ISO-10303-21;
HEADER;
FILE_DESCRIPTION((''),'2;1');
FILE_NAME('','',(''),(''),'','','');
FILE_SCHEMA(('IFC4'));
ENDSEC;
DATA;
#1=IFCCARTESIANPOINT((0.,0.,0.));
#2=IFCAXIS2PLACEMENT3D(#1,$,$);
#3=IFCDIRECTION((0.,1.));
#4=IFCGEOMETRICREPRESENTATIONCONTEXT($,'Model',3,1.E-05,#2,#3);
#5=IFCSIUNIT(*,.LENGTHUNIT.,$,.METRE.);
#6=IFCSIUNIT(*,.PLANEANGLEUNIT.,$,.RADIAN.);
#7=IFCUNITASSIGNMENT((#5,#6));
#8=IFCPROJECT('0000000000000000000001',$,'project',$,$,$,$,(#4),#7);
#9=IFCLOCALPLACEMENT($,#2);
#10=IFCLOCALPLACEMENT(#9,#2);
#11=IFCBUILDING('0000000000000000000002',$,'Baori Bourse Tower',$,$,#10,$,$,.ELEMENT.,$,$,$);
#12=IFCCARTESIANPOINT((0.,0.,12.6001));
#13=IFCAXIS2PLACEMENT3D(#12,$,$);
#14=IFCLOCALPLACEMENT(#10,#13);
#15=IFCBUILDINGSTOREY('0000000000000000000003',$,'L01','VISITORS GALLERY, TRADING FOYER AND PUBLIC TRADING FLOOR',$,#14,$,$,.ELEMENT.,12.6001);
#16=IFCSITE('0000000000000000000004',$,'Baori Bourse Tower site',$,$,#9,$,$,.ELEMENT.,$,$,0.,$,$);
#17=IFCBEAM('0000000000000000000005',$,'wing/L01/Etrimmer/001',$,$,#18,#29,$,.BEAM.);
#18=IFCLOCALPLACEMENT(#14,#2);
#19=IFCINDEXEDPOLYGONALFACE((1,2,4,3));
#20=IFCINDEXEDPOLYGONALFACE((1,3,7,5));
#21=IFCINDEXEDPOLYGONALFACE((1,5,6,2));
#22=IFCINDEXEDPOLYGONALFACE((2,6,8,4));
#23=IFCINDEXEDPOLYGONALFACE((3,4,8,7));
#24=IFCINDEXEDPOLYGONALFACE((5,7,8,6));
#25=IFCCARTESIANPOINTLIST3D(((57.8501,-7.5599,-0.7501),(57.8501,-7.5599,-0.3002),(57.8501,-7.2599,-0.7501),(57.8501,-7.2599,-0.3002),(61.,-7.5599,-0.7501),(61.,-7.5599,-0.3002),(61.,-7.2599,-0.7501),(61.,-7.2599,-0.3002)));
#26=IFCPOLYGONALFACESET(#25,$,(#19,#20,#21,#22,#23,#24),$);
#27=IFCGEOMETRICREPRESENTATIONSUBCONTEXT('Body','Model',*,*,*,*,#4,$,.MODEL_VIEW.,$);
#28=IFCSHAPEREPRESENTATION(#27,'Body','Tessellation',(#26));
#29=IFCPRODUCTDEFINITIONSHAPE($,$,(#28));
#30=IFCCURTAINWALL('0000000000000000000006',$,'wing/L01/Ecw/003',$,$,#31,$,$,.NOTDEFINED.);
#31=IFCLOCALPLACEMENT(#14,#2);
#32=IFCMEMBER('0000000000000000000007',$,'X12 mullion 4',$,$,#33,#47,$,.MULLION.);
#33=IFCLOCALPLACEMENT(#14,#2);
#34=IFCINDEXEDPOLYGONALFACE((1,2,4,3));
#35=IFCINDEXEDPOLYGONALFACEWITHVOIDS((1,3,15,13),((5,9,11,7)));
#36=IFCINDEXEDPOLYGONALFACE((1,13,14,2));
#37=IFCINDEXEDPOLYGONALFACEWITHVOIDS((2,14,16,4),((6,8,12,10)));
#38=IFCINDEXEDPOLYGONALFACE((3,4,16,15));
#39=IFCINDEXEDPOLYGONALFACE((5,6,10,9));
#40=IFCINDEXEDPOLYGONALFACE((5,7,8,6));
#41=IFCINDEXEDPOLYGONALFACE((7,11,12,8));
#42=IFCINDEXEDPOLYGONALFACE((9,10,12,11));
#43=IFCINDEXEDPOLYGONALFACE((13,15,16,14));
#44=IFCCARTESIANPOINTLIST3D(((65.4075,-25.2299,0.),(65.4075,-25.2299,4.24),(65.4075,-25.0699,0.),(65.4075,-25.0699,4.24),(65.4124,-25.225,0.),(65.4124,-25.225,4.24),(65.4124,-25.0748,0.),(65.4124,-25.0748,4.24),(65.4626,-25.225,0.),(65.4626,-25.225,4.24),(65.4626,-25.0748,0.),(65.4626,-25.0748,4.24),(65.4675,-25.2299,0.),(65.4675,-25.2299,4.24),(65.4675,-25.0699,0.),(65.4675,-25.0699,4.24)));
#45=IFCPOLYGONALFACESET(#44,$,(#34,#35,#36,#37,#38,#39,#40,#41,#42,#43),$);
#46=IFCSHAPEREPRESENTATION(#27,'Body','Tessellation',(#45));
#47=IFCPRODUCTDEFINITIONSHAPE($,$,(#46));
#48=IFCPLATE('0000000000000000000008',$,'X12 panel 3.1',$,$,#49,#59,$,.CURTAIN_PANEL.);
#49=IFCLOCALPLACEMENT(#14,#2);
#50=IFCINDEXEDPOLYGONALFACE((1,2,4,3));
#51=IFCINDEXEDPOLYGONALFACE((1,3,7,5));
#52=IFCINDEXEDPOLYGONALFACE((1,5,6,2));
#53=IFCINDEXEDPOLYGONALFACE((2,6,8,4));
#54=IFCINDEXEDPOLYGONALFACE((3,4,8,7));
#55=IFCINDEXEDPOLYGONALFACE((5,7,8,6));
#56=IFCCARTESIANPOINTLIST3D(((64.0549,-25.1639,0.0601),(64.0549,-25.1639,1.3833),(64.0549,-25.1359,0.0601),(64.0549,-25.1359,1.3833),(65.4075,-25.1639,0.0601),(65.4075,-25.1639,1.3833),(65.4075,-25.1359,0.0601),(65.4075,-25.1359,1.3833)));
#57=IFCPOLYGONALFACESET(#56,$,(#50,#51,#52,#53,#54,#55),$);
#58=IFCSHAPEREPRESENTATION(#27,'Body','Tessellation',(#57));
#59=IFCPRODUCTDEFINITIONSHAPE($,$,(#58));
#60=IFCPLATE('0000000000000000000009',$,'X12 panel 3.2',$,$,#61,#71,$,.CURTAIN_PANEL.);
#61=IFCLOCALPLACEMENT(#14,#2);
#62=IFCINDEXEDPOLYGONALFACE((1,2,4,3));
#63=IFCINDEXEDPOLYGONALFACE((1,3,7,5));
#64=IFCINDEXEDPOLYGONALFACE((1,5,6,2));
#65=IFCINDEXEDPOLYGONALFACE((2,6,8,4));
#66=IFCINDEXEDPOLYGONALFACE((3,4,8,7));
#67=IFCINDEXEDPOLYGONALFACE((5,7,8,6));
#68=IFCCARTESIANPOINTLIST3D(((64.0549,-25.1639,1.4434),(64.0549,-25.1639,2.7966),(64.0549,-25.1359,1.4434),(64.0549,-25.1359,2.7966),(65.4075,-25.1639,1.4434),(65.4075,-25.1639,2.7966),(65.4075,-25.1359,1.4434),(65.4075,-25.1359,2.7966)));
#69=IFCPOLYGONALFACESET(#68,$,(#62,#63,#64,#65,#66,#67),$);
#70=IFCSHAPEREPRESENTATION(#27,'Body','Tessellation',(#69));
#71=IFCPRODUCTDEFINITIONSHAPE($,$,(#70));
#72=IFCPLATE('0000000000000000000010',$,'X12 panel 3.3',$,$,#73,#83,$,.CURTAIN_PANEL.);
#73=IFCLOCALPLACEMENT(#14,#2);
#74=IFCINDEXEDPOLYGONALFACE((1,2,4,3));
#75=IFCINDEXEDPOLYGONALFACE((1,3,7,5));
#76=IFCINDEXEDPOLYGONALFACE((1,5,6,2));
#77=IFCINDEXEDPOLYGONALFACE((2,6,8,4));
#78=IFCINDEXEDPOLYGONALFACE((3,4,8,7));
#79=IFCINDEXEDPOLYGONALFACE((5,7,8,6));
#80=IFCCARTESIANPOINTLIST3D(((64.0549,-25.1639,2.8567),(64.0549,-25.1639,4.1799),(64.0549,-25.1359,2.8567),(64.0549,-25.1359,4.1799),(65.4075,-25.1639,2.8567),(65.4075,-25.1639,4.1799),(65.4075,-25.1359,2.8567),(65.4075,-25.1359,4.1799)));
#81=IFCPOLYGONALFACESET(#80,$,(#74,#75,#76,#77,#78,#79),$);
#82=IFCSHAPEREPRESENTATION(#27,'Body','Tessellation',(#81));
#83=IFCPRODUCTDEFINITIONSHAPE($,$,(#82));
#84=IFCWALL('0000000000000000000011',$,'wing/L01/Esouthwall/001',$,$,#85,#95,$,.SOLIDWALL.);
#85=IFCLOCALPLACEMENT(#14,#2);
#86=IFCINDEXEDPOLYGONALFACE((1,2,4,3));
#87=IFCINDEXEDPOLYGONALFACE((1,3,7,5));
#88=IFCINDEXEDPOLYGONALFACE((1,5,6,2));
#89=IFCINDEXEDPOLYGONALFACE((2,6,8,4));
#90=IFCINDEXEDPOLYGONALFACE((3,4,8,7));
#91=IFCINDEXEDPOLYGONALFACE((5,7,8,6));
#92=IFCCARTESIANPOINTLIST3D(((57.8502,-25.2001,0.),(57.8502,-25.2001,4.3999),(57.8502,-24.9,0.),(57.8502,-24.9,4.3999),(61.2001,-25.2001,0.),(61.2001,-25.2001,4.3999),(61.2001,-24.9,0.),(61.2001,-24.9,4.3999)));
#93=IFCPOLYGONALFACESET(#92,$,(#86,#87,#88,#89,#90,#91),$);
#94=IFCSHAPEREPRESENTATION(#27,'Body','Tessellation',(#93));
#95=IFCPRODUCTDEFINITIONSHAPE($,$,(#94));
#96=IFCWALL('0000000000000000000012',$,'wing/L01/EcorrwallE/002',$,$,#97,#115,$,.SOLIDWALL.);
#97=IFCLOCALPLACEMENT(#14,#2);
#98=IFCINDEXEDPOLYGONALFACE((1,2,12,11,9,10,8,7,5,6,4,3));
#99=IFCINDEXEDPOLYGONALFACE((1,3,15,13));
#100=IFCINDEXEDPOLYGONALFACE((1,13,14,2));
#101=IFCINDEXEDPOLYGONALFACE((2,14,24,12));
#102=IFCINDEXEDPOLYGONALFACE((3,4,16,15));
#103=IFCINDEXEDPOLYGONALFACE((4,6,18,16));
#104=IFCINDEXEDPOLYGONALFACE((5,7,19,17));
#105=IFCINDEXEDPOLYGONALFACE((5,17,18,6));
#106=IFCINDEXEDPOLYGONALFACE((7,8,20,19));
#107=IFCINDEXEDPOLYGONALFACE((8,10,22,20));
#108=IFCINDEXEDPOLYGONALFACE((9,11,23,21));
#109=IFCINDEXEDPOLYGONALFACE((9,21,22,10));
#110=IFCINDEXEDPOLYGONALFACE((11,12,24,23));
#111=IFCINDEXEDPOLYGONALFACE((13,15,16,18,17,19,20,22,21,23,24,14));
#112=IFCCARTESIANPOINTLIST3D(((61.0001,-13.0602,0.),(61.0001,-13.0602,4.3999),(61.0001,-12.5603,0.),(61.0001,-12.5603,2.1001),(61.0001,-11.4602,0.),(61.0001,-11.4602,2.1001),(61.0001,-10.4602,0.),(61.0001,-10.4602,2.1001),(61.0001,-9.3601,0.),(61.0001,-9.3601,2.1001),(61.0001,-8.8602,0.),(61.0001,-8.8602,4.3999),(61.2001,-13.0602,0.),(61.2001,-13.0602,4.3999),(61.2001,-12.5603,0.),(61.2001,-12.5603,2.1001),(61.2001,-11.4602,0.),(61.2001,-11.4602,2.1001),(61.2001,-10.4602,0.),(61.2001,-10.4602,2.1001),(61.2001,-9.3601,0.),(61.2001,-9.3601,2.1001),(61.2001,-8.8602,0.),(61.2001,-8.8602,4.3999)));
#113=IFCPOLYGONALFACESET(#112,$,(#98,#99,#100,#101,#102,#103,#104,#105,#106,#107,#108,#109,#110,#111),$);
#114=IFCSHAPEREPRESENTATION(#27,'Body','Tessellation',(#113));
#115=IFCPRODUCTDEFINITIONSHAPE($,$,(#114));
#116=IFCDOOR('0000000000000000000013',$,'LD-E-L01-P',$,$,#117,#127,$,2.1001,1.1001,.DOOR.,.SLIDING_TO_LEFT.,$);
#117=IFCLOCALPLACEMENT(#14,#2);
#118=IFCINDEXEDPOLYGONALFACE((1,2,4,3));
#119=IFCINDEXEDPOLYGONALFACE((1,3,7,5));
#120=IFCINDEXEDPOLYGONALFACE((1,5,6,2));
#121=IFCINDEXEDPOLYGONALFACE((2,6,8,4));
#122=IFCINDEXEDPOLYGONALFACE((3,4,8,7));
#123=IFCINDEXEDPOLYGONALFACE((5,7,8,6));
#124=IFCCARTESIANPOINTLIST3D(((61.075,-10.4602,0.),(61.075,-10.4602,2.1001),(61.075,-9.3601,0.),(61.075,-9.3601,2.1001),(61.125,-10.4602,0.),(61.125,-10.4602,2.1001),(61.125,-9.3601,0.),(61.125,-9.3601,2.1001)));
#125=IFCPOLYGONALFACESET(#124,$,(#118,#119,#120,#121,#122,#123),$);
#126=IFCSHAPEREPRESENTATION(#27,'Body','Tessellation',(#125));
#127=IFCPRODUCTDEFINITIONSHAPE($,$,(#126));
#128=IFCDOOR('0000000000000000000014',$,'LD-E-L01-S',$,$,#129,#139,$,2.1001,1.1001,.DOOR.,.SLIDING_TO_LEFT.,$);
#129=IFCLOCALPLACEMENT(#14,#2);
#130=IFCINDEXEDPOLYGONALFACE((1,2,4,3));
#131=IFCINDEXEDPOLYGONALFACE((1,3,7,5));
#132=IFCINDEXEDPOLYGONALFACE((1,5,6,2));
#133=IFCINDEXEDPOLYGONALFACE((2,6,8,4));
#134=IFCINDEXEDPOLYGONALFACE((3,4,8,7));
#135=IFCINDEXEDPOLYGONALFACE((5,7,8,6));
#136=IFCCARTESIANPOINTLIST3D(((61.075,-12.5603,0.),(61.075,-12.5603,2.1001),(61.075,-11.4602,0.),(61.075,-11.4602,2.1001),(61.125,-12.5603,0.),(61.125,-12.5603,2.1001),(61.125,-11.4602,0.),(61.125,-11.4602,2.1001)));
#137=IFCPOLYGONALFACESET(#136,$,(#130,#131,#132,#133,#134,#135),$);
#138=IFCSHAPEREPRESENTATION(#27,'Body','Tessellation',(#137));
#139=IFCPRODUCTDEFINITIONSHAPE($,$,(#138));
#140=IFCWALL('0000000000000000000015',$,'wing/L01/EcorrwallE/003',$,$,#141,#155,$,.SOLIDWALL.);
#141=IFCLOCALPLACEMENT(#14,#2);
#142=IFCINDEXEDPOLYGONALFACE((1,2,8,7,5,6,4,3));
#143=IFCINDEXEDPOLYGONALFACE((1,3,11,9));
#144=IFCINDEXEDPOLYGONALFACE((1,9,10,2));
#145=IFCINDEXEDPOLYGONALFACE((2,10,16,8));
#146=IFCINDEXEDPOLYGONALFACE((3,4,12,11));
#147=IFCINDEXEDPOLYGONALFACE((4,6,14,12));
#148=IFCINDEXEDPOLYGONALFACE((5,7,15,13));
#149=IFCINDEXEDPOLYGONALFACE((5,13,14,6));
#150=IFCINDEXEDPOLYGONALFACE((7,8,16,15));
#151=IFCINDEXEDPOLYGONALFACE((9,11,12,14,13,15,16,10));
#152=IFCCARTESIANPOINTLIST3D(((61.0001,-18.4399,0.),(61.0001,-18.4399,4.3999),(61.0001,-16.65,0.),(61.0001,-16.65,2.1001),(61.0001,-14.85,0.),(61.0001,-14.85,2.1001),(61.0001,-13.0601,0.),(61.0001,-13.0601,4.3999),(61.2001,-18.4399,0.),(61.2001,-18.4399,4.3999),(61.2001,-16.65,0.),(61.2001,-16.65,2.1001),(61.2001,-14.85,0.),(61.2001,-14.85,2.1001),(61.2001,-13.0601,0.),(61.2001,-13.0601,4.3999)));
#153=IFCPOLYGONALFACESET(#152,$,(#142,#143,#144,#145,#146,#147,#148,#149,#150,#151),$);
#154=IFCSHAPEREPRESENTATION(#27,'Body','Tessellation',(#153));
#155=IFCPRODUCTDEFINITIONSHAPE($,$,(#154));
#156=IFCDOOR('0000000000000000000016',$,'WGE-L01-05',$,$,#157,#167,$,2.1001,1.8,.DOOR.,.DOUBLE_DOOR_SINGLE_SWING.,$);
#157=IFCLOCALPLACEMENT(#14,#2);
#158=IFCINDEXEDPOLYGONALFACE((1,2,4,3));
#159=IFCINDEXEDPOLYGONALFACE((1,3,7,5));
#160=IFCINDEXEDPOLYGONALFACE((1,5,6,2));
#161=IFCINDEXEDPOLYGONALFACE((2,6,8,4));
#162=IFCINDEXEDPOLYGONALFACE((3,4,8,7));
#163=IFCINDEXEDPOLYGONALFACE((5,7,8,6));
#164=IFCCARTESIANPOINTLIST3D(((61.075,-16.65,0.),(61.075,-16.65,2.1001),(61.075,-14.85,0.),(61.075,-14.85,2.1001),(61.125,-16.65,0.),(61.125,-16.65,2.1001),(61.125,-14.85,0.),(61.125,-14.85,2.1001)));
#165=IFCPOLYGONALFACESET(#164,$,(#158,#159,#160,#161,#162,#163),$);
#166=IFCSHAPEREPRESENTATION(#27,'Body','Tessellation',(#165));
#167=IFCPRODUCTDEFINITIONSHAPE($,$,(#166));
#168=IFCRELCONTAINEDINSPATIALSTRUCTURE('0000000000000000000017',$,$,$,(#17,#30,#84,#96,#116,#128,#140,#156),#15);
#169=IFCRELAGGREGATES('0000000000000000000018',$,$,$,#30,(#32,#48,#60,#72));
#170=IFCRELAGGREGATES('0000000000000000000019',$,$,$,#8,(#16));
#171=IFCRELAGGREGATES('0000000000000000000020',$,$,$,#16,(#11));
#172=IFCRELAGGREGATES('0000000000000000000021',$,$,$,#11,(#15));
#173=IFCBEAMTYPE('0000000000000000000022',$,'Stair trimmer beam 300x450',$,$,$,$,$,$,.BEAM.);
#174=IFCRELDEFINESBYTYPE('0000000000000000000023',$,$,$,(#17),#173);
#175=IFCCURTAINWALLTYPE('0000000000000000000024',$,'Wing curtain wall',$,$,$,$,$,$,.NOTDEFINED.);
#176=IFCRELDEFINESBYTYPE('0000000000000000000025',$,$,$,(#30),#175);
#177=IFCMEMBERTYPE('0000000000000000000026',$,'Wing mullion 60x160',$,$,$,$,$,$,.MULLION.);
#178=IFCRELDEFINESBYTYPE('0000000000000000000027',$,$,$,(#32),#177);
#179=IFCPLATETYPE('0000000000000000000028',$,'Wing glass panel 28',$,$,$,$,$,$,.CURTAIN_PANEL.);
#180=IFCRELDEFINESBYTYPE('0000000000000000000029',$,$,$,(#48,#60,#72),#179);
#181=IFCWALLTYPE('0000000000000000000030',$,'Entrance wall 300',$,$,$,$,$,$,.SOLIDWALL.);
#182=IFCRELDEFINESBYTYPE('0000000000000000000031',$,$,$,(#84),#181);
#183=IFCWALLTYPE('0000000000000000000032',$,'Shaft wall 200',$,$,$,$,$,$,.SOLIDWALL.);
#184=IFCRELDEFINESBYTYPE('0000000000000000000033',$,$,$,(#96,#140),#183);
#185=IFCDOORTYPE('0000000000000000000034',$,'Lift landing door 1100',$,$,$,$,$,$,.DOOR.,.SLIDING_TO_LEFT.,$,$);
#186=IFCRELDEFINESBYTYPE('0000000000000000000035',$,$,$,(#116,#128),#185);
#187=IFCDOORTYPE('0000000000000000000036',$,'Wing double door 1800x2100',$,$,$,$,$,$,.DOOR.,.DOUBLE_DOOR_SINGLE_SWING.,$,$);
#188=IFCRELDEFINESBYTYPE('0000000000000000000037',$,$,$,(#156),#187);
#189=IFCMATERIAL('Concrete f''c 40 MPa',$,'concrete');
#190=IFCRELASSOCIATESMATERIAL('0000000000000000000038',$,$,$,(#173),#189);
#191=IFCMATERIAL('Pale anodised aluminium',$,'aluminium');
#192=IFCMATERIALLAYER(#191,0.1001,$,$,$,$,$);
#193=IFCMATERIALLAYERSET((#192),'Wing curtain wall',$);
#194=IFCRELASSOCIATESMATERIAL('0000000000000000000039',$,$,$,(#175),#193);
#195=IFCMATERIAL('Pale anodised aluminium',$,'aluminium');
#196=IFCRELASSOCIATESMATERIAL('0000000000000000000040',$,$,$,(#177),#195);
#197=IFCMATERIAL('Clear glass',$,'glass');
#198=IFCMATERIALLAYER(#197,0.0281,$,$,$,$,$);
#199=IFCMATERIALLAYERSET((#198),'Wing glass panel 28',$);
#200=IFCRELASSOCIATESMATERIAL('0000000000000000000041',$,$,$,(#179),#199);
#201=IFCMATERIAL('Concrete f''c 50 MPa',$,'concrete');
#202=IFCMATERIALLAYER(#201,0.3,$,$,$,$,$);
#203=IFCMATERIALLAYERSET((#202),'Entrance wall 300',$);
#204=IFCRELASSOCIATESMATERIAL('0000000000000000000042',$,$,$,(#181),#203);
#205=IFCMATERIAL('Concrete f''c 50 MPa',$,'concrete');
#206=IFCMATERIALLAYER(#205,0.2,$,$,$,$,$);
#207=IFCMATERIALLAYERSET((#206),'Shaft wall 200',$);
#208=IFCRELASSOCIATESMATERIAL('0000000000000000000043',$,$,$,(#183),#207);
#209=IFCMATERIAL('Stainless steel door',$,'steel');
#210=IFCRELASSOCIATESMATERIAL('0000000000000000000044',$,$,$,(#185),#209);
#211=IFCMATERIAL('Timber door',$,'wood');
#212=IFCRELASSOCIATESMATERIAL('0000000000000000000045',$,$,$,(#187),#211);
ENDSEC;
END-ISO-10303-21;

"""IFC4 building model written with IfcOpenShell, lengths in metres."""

from ifc_helpers import new_model, si_unit, direction, frame, frame_2d, origin, origin_2d, place, context, subcontext, project, spatial, rectangle, hollow_rectangle, extrude, material, layer, layer_set, material_profile, profile_set, type_object, element, fill, aggregate, save


model = new_model("IFC4")

# Units and contexts
model_context = context("Model", 3, precision=1e-05, world=origin(), true_north=direction((0.0, 1.0)))
body_context = subcontext(model_context, "Body", "Model", "MODEL_VIEW")
ifc_project = project(units=[si_unit("LENGTHUNIT", "METRE"), si_unit("PLANEANGLEUNIT", "RADIAN")], contexts=[model_context])

# Site, building, storey
site_placement = place(None, origin())
site = spatial("IfcSite", under=ifc_project, at=site_placement, Name="Baori Bourse Tower site", CompositionType="ELEMENT", RefElevation=0.0)
building_placement = place(site_placement, origin())
building = spatial("IfcBuilding", under=site, at=building_placement, Name="Baori Bourse Tower", CompositionType="ELEMENT")
storey_placement = place(building_placement, frame((0.0, 0.0, 12.6001)))
storey = spatial("IfcBuildingStorey", under=building, at=storey_placement, Name="L01", Description="VISITORS GALLERY, TRADING FOYER AND PUBLIC TRADING FLOOR", CompositionType="ELEMENT", Elevation=12.6001)

# Beam
ifc_material_1 = material(Name="Concrete f'c 40 MPa", Category="concrete")
ifc_material_profile_1 = material_profile(ifc_material_1, rectangle(XDim=0.3, YDim=0.45, at=origin_2d()), Name="Stair trimmer beam 300x450")
ifc_profile_set_1 = profile_set([ifc_material_profile_1], Name="Concrete f'c 40 MPa")
beam_type = type_object("IfcBeamType", Name="Stair trimmer beam 300x450", PredefinedType="BEAM", material=ifc_profile_set_1)
beam_placement = place(storey_placement, frame((61.0, -7.4099, -0.5251), z_axis=(-1.0, 0.0, 0.0), x_axis=(0.0, -1.0, 0.0)))
element("IfcBeam", 1, at=beam_placement, inside=storey, type_object=beam_type, Name="wing/L01/Etrimmer/001", PredefinedType="BEAM", context=body_context, shape_type="SweptSolid", body=[
    extrude(rectangle(XDim=0.3, YDim=0.45, at=origin_2d()), origin(), (0.0, 0.0, 1.0), 3.1499),
])

# Curtain wall, member, plates
ifc_material_2 = material(Name="Pale anodised aluminium", Category="aluminium")
ifc_layer_1 = layer(ifc_material_2, 0.1001)
ifc_layer_set_1 = layer_set([ifc_layer_1], Name="Wing curtain wall")
curtain_wall_type = type_object("IfcCurtainWallType", Name="Wing curtain wall", PredefinedType="NOTDEFINED", material=ifc_layer_set_1)
curtain_wall_placement = place(storey_placement, origin())
curtain_wall = element("IfcCurtainWall", 2, at=curtain_wall_placement, inside=storey, type_object=curtain_wall_type, Name="wing/L01/Ecw/003", PredefinedType="NOTDEFINED")
ifc_material_3 = material(Name="Pale anodised aluminium", Category="aluminium")
ifc_material_profile_2 = material_profile(ifc_material_3, hollow_rectangle(XDim=0.1599, YDim=0.0601, WallThickness=0.0049, at=origin_2d()), Name="Mullion 160x60x5")
ifc_profile_set_2 = profile_set([ifc_material_profile_2], Name="Pale anodised aluminium")
member_type = type_object("IfcMemberType", Name="Wing mullion 60x160", PredefinedType="MULLION", material=ifc_profile_set_2)
member_placement = place(storey_placement, frame((65.4375, -25.1499, 0.0), z_axis=(0.0, 0.0, 1.0), x_axis=(0.0, 1.0, 0.0)))
member = element("IfcMember", 3, at=member_placement, type_object=member_type, Name="X12 mullion 4", PredefinedType="MULLION", context=body_context, shape_type="SweptSolid", body=[
    extrude(hollow_rectangle(XDim=0.1599, YDim=0.0601, WallThickness=0.0049, at=origin_2d()), origin(), (0.0, 0.0, 1.0), 4.24),
])
ifc_material_4 = material(Name="Clear glass", Category="glass")
ifc_layer_2 = layer(ifc_material_4, 0.0281)
ifc_layer_set_2 = layer_set([ifc_layer_2], Name="Wing glass panel 28")
plate_type = type_object("IfcPlateType", Name="Wing glass panel 28", PredefinedType="CURTAIN_PANEL", material=ifc_layer_set_2)
plate_1_placement = place(storey_placement, frame((64.7312, -25.1499, 0.0601), z_axis=(0.0, 0.0, 1.0), x_axis=(1.0, 0.0, 0.0)))
plate_1 = element("IfcPlate", 4, at=plate_1_placement, type_object=plate_type, Name="X12 panel 3.1", PredefinedType="CURTAIN_PANEL", context=body_context, shape_type="SweptSolid", body=[
    extrude(rectangle(XDim=1.3525, YDim=0.0281, at=origin_2d()), origin(), (0.0, 0.0, 1.0), 1.3232),
])
plate_2_placement = place(storey_placement, frame((64.7312, -25.1499, 1.4434), z_axis=(0.0, 0.0, 1.0), x_axis=(1.0, 0.0, 0.0)))
plate_2 = element("IfcPlate", 5, at=plate_2_placement, type_object=plate_type, Name="X12 panel 3.2", PredefinedType="CURTAIN_PANEL", context=body_context, shape_type="SweptSolid", body=[
    extrude(rectangle(XDim=1.3525, YDim=0.0281, at=origin_2d()), origin(), (0.0, 0.0, 1.0), 1.3533),
])
plate_3_placement = place(storey_placement, frame((64.7312, -25.1499, 2.8567), z_axis=(0.0, 0.0, 1.0), x_axis=(1.0, 0.0, 0.0)))
plate_3 = element("IfcPlate", 6, at=plate_3_placement, type_object=plate_type, Name="X12 panel 3.3", PredefinedType="CURTAIN_PANEL", context=body_context, shape_type="SweptSolid", body=[
    extrude(rectangle(XDim=1.3525, YDim=0.0281, at=origin_2d()), origin(), (0.0, 0.0, 1.0), 1.3232),
])
aggregate(curtain_wall, [member, plate_1, plate_2, plate_3])

# Wall
ifc_material_5 = material(Name="Concrete f'c 50 MPa", Category="concrete")
ifc_layer_3 = layer(ifc_material_5, 0.3)
ifc_layer_set_3 = layer_set([ifc_layer_3], Name="Entrance wall 300")
wall_type_1 = type_object("IfcWallType", Name="Entrance wall 300", PredefinedType="SOLIDWALL", material=ifc_layer_set_3)
wall_1_placement = place(storey_placement, frame((61.2, -25.05, 0.0), z_axis=(0.0, 0.0, 1.0), x_axis=(-1.0, 0.0, 0.0)))
element("IfcWall", 7, at=wall_1_placement, inside=storey, type_object=wall_type_1, Name="wing/L01/Esouthwall/001", PredefinedType="SOLIDWALL", context=body_context, shape_type="SweptSolid", body=[
    extrude(rectangle(XDim=3.3499, YDim=0.3, at=frame_2d((1.6748, 0.0))), origin(), (0.0, 0.0, 1.0), 4.3999),
])

# Wall, openings, doors
ifc_material_6 = material(Name="Concrete f'c 50 MPa", Category="concrete")
ifc_layer_4 = layer(ifc_material_6, 0.2)
ifc_layer_set_4 = layer_set([ifc_layer_4], Name="Shaft wall 200")
wall_type_2 = type_object("IfcWallType", Name="Shaft wall 200", PredefinedType="SOLIDWALL", material=ifc_layer_set_4)
wall_2_placement = place(storey_placement, frame((61.1001, -8.8601, 0.0), z_axis=(0.0, 0.0, 1.0), x_axis=(0.0, -1.0, 0.0)))
wall_2 = element("IfcWall", 8, at=wall_2_placement, inside=storey, type_object=wall_type_2, Name="wing/L01/EcorrwallE/002", PredefinedType="SOLIDWALL", context=body_context, shape_type="SweptSolid", body=[
    extrude(rectangle(XDim=4.2, YDim=0.2, at=frame_2d((2.1001, 0.0))), origin(), (0.0, 0.0, 1.0), 4.3999),
])
opening_1_placement = place(wall_2_placement, frame((0.5, 0.0, 0.0)))
opening_1 = element("IfcOpeningElement", 9, at=opening_1_placement, cuts=wall_2, PredefinedType="OPENING", context=body_context, shape_type="SweptSolid", body=[
    extrude(rectangle(XDim=1.1001, YDim=2.1001, at=frame_2d((0.55, 1.05))), frame((0.0, 0.1099, 0.0), z_axis=(0.0, -1.0, 0.0), x_axis=(1.0, 0.0, 0.0)), (0.0, 0.0, 1.0), 0.22),
])
opening_2_placement = place(wall_2_placement, frame((2.6001, 0.0, 0.0)))
opening_2 = element("IfcOpeningElement", 10, at=opening_2_placement, cuts=wall_2, PredefinedType="OPENING", context=body_context, shape_type="SweptSolid", body=[
    extrude(rectangle(XDim=1.1001, YDim=2.1001, at=frame_2d((0.55, 1.05))), frame((0.0, 0.1099, 0.0), z_axis=(0.0, -1.0, 0.0), x_axis=(1.0, 0.0, 0.0)), (0.0, 0.0, 1.0), 0.22),
])
ifc_material_7 = material(Name="Stainless steel door", Category="steel")
door_type_1 = type_object("IfcDoorType", Name="Lift landing door 1100", OperationType="SLIDING_TO_LEFT", PredefinedType="DOOR", material=ifc_material_7)
door_1_placement = place(opening_1_placement, origin())
door_1 = element("IfcDoor", 11, at=door_1_placement, inside=storey, type_object=door_type_1, Name="LD-E-L01-P", OperationType="SLIDING_TO_LEFT", OverallHeight=2.1001, OverallWidth=1.1001, PredefinedType="DOOR", context=body_context, shape_type="SweptSolid", body=[
    extrude(rectangle(XDim=1.1001, YDim=2.1001, at=frame_2d((0.55, 1.05))), frame((0.0, 0.0249, 0.0), z_axis=(0.0, -1.0, 0.0), x_axis=(1.0, 0.0, 0.0)), (0.0, 0.0, 1.0), 0.05),
])
fill(opening_1, door_1)
door_2_placement = place(opening_2_placement, origin())
door_2 = element("IfcDoor", 12, at=door_2_placement, inside=storey, type_object=door_type_1, Name="LD-E-L01-S", OperationType="SLIDING_TO_LEFT", OverallHeight=2.1001, OverallWidth=1.1001, PredefinedType="DOOR", context=body_context, shape_type="SweptSolid", body=[
    extrude(rectangle(XDim=1.1001, YDim=2.1001, at=frame_2d((0.55, 1.05))), frame((0.0, 0.0249, 0.0), z_axis=(0.0, -1.0, 0.0), x_axis=(1.0, 0.0, 0.0)), (0.0, 0.0, 1.0), 0.05),
])
fill(opening_2, door_2)

# Wall, opening, door
wall_3_placement = place(storey_placement, frame((61.1001, -13.0601, 0.0), z_axis=(0.0, 0.0, 1.0), x_axis=(0.0, -1.0, 0.0)))
wall_3 = element("IfcWall", 13, at=wall_3_placement, inside=storey, type_object=wall_type_2, Name="wing/L01/EcorrwallE/003", PredefinedType="SOLIDWALL", context=body_context, shape_type="SweptSolid", body=[
    extrude(rectangle(XDim=5.3799, YDim=0.2, at=frame_2d((2.6899, 0.0))), origin(), (0.0, 0.0, 1.0), 4.3999),
])
opening_3_placement = place(wall_3_placement, frame((1.79, 0.0, 0.0)))
opening_3 = element("IfcOpeningElement", 14, at=opening_3_placement, cuts=wall_3, PredefinedType="OPENING", context=body_context, shape_type="SweptSolid", body=[
    extrude(rectangle(XDim=1.8, YDim=2.1001, at=frame_2d((0.8999, 1.05))), frame((0.0, 0.1099, 0.0), z_axis=(0.0, -1.0, 0.0), x_axis=(1.0, 0.0, 0.0)), (0.0, 0.0, 1.0), 0.22),
])
ifc_material_8 = material(Name="Timber door", Category="wood")
door_type_2 = type_object("IfcDoorType", Name="Wing double door 1800x2100", OperationType="DOUBLE_DOOR_SINGLE_SWING", PredefinedType="DOOR", material=ifc_material_8)
door_3_placement = place(opening_3_placement, origin())
door_3 = element("IfcDoor", 15, at=door_3_placement, inside=storey, type_object=door_type_2, Name="WGE-L01-05", OperationType="DOUBLE_DOOR_SINGLE_SWING", OverallHeight=2.1001, OverallWidth=1.8, PredefinedType="DOOR", context=body_context, shape_type="SweptSolid", body=[
    extrude(rectangle(XDim=1.8, YDim=2.1001, at=frame_2d((0.8999, 1.05))), frame((0.0, 0.0249, 0.0), z_axis=(0.0, -1.0, 0.0), x_axis=(1.0, 0.0, 0.0)), (0.0, 0.0, 1.0), 0.05),
])
fill(opening_3, door_3)

save(model, "model.ifc")
